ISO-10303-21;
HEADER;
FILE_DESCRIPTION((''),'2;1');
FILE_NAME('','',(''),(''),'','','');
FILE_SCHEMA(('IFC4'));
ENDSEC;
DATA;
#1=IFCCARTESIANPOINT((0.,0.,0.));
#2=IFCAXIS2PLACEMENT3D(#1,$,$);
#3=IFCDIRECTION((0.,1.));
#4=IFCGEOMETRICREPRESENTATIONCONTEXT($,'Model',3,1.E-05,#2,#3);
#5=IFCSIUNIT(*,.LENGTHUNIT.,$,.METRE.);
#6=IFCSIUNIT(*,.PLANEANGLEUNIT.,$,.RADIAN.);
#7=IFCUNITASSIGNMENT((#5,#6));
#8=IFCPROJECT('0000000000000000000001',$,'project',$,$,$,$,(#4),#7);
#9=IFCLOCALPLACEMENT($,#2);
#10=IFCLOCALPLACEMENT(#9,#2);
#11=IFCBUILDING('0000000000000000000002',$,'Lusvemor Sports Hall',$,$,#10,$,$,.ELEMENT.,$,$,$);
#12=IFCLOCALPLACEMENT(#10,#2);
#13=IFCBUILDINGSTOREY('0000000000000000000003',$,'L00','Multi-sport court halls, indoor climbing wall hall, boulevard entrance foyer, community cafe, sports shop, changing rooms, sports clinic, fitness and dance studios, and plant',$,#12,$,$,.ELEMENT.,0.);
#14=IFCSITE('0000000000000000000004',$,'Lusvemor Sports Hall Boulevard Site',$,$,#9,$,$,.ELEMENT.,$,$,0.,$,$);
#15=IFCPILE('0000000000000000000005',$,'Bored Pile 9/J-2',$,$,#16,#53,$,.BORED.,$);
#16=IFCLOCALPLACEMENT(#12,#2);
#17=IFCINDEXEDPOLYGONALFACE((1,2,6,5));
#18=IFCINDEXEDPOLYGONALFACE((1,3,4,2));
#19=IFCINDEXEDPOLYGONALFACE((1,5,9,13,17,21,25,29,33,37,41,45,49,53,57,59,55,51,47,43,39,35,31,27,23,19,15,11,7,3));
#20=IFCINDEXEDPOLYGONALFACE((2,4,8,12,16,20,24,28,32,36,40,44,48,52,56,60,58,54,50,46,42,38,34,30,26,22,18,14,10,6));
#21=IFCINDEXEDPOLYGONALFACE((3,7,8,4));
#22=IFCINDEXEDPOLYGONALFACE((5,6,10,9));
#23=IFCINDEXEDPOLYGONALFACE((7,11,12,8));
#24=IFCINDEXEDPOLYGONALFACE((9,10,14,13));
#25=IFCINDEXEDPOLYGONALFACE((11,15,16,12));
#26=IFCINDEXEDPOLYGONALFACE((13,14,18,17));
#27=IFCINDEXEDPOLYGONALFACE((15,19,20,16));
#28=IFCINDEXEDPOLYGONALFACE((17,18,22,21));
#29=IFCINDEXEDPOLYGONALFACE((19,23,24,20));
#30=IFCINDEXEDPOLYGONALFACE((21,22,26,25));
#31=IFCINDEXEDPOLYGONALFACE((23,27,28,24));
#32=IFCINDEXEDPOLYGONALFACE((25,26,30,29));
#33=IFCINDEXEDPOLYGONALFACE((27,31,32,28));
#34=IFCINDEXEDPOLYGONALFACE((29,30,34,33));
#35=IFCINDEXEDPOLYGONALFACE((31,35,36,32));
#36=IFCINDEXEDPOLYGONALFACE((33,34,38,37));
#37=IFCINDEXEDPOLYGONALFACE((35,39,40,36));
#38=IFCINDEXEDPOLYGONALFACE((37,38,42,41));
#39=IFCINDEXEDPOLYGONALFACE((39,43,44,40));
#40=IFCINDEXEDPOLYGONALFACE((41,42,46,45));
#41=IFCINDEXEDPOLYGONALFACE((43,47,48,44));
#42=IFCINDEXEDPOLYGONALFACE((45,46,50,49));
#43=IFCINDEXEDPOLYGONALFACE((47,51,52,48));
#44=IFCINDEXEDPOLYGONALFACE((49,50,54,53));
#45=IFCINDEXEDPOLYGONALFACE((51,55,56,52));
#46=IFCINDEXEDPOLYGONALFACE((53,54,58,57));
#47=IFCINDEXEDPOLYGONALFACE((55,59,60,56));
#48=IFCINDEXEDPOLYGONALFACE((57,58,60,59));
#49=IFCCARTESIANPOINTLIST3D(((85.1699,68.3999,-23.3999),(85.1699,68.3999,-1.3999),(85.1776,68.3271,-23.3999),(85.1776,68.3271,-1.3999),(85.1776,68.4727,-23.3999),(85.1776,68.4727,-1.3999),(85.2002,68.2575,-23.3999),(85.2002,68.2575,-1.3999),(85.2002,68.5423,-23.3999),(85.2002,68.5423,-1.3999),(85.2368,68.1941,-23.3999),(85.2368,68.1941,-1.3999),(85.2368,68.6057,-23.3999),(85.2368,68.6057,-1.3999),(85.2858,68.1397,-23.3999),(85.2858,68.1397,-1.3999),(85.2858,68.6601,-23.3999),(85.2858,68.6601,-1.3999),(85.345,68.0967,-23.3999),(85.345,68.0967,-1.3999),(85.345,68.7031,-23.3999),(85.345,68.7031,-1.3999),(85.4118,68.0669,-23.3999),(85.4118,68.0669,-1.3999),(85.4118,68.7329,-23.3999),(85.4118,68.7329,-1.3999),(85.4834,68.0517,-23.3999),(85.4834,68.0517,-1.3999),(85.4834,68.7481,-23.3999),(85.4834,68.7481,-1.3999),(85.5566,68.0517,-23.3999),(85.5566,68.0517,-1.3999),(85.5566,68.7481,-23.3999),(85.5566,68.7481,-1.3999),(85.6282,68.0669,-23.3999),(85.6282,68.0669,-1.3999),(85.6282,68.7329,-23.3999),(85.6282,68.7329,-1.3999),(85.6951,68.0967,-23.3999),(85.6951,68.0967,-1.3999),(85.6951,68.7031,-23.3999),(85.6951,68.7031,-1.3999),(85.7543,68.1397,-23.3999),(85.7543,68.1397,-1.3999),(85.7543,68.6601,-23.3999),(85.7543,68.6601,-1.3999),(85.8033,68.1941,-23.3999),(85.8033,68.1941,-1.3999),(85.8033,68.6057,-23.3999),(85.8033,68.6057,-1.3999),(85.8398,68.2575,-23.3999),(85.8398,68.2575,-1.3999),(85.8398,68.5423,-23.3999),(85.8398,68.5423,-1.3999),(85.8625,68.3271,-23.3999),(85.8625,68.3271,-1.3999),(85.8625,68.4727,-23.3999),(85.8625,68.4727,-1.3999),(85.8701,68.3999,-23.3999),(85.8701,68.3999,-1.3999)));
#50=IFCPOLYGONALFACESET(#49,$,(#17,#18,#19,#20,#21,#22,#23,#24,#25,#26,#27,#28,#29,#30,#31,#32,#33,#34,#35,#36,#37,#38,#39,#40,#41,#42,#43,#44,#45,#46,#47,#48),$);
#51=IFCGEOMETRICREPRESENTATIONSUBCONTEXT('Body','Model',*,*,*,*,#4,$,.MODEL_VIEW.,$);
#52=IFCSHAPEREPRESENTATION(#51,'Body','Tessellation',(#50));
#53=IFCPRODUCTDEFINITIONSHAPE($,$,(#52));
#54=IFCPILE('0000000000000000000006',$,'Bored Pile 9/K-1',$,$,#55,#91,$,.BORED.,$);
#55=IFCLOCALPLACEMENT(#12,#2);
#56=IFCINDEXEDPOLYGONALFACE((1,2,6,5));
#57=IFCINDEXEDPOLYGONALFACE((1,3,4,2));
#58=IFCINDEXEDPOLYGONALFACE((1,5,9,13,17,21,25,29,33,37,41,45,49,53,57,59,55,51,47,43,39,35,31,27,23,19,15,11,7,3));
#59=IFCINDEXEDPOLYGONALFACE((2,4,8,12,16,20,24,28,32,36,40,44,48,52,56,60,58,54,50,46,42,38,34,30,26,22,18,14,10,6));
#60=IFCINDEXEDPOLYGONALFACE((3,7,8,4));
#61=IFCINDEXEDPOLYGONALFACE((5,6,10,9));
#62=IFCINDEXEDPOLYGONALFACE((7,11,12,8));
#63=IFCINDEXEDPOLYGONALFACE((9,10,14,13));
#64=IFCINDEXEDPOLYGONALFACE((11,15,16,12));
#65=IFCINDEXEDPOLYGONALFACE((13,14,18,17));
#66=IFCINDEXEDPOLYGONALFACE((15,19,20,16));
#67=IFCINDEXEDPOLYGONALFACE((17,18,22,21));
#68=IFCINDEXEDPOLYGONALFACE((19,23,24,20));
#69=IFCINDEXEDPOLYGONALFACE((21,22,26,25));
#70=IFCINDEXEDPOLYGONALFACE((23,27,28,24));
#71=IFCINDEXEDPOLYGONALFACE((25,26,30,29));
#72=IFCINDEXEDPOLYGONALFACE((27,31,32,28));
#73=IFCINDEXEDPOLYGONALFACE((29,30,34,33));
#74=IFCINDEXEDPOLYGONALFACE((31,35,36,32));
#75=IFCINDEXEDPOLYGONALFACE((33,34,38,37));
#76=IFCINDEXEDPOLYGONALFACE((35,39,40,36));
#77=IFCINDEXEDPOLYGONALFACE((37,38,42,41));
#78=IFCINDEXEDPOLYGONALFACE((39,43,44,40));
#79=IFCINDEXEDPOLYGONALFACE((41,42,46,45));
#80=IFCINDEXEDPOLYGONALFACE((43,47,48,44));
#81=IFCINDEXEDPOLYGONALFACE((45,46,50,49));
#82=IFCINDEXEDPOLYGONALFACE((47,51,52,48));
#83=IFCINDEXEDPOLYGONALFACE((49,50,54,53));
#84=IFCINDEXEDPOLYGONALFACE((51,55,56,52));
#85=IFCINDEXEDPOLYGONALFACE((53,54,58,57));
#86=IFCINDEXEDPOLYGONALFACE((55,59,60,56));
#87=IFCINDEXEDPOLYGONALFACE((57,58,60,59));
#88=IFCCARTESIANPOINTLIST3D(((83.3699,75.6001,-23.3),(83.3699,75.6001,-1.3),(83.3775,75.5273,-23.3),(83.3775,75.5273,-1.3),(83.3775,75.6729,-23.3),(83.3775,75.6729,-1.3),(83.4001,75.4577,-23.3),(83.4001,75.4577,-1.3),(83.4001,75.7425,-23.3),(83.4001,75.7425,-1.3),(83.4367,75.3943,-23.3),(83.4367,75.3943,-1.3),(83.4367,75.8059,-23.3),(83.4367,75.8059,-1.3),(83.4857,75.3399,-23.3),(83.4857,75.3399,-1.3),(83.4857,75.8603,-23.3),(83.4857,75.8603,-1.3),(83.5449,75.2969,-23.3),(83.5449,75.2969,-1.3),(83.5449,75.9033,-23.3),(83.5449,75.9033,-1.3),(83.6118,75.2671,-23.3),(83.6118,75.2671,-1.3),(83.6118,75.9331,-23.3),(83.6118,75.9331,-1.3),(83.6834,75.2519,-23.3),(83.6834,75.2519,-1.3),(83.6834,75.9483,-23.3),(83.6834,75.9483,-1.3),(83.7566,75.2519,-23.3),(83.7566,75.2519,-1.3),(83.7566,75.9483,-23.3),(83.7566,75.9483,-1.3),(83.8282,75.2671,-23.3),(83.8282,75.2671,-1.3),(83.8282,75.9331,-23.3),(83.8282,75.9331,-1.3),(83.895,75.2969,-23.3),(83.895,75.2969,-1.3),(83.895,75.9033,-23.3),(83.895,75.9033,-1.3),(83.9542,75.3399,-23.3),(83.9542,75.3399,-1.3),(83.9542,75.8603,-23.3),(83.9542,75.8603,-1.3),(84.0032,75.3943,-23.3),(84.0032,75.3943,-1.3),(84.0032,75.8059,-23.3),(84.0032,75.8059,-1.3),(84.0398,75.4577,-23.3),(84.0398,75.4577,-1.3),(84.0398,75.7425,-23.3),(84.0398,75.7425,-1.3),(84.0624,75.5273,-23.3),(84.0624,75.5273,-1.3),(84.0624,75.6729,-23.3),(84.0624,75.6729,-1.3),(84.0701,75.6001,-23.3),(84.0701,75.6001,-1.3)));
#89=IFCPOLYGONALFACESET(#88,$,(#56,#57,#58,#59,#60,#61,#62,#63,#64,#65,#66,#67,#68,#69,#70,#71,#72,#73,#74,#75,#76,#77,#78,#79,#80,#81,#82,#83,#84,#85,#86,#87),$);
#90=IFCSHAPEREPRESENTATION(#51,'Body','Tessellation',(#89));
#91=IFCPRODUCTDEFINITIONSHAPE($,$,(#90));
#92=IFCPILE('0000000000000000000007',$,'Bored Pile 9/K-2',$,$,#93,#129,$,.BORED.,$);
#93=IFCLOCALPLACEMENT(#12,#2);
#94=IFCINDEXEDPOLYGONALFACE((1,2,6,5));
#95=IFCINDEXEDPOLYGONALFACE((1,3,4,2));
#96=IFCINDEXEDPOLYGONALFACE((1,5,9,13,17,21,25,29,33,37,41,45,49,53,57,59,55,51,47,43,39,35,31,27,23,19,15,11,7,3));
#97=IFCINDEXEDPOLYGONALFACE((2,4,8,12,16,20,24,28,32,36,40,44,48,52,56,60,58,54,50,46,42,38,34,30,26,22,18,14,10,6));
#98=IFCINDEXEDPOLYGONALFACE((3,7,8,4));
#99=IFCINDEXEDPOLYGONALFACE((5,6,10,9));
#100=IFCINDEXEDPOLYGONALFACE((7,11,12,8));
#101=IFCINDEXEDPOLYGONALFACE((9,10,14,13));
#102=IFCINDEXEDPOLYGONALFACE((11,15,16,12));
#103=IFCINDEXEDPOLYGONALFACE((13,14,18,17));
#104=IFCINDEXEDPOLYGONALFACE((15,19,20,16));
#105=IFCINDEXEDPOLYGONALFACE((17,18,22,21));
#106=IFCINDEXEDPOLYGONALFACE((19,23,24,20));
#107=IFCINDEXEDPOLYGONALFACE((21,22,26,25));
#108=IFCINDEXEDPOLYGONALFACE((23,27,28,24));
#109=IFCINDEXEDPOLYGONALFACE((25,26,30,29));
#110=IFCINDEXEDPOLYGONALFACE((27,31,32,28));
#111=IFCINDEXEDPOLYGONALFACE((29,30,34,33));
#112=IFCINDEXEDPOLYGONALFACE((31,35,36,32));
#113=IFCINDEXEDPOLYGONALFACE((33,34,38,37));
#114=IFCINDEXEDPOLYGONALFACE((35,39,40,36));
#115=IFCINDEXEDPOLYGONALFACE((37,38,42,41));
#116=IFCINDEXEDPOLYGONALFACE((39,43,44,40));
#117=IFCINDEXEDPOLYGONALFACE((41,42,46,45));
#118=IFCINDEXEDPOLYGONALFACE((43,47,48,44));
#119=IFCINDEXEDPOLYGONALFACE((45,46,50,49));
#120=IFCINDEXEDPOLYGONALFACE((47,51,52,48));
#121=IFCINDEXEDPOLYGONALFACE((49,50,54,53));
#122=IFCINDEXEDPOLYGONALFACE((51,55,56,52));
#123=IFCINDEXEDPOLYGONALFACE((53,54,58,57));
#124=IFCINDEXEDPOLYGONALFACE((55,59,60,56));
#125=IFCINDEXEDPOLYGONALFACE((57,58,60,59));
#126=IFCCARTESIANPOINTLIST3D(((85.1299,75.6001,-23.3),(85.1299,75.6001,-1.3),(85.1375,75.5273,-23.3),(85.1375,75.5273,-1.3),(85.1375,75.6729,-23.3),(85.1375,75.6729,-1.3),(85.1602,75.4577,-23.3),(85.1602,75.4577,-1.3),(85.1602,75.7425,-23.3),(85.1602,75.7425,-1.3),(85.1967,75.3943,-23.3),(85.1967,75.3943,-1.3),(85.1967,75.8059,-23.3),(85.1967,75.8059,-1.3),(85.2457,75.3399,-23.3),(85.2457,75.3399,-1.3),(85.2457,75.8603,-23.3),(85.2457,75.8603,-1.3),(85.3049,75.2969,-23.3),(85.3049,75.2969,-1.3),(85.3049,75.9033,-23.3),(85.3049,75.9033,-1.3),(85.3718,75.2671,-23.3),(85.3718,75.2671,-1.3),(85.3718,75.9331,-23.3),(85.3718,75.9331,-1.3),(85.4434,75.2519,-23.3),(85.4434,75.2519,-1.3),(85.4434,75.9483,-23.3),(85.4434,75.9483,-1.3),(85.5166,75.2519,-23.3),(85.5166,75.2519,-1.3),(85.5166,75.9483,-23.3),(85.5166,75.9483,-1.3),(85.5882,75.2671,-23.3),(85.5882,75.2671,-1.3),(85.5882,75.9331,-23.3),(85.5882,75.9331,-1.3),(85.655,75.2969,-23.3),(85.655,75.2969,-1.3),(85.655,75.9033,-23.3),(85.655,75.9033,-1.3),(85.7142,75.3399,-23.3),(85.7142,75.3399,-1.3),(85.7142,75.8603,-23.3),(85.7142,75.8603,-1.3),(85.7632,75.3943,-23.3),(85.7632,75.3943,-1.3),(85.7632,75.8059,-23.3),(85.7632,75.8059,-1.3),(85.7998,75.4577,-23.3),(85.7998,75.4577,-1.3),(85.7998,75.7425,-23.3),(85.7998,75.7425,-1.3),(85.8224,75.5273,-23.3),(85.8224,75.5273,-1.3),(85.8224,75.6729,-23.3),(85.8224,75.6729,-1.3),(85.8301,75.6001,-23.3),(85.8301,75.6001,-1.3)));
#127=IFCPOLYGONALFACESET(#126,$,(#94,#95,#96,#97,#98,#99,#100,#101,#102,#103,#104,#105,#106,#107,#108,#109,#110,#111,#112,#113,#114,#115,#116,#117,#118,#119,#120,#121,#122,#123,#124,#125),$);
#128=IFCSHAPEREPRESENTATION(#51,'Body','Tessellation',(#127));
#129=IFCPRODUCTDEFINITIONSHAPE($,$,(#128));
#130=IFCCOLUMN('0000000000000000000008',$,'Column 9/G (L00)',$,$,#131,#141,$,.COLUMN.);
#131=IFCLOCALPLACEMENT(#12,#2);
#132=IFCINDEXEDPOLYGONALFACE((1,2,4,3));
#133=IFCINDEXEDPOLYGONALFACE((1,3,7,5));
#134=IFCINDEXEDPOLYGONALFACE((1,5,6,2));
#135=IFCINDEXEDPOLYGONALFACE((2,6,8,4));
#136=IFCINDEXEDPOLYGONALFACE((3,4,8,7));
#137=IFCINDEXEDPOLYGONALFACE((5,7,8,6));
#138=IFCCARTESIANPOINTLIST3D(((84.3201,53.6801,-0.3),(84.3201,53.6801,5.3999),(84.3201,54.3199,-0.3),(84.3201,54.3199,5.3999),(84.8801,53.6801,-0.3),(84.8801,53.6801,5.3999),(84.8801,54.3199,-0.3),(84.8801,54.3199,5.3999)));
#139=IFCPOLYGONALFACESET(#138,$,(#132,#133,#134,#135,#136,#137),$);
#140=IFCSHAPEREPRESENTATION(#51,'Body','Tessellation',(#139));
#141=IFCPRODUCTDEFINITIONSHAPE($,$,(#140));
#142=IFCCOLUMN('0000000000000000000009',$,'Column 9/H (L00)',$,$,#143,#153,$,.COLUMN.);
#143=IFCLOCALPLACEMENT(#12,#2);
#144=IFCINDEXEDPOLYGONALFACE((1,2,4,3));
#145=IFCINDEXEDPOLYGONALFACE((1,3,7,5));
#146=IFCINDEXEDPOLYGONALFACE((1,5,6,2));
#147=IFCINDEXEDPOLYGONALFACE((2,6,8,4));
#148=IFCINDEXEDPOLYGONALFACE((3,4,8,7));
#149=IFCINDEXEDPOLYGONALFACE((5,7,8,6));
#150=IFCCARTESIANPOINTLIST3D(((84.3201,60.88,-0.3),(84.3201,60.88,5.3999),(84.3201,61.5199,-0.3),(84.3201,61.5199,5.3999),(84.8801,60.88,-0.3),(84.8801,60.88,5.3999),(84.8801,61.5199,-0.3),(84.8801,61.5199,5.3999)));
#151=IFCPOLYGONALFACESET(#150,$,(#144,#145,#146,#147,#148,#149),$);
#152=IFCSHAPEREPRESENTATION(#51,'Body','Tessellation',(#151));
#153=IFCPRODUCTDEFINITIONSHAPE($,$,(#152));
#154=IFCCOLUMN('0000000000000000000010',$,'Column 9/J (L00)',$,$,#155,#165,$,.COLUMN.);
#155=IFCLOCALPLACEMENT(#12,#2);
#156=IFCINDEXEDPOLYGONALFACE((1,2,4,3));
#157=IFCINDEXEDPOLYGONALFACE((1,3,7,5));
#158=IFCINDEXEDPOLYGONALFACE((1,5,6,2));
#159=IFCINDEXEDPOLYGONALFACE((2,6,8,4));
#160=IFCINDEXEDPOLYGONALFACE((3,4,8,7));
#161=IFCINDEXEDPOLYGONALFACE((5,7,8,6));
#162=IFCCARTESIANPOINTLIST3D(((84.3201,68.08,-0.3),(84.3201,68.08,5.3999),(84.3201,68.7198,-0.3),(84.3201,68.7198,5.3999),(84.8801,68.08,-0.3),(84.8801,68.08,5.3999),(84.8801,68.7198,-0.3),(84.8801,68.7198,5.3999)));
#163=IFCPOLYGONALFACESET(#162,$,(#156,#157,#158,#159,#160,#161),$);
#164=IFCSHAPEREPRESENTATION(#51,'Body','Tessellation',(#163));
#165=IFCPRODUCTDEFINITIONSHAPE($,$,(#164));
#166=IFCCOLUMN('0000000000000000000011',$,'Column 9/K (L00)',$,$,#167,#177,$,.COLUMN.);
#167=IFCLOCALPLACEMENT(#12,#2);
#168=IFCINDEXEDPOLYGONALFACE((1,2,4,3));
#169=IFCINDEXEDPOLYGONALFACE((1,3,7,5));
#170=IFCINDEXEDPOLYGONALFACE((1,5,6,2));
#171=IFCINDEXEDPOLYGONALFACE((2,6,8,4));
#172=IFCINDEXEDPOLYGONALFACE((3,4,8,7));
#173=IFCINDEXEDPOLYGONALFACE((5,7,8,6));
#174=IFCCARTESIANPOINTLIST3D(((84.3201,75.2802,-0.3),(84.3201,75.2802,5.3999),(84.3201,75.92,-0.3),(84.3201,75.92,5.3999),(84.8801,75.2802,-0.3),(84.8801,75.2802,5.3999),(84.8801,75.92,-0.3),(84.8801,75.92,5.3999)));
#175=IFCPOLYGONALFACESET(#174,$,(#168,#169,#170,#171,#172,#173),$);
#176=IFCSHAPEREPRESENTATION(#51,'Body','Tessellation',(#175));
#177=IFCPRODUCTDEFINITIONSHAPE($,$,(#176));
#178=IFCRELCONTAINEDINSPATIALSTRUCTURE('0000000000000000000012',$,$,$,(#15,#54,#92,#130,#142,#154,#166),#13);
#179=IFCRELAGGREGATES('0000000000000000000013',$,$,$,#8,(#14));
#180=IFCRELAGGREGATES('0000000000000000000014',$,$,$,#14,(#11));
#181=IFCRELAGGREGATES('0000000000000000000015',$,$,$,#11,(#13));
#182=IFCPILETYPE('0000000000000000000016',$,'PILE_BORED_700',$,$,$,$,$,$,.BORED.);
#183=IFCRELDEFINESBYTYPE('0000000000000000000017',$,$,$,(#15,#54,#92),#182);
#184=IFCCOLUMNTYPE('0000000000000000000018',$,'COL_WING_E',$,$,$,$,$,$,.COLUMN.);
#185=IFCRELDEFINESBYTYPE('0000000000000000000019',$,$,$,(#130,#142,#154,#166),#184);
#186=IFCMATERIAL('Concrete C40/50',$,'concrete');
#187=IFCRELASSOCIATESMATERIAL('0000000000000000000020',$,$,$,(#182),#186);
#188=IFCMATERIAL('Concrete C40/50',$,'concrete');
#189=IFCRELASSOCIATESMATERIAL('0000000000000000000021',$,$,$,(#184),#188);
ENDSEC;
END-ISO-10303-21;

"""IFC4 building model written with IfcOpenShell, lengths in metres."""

from ifc_helpers import new_model, si_unit, direction, frame, origin, origin_2d, place, context, subcontext, project, spatial, rectangle, circle, extrude, material, material_profile, profile_set, type_object, element, save


model = new_model("IFC4")

# Units and contexts
model_context = context("Model", 3, precision=1e-05, world=origin(), true_north=direction((0.0, 1.0)))
body_context = subcontext(model_context, "Body", "Model", "MODEL_VIEW")
ifc_project = project(units=[si_unit("LENGTHUNIT", "METRE"), si_unit("PLANEANGLEUNIT", "RADIAN")], contexts=[model_context])

# Site, building, storey
site_placement = place(None, origin())
site = spatial("IfcSite", under=ifc_project, at=site_placement, Name="Lusvemor Sports Hall Boulevard Site", CompositionType="ELEMENT", RefElevation=0.0)
building_placement = place(site_placement, origin())
building = spatial("IfcBuilding", under=site, at=building_placement, Name="Lusvemor Sports Hall", CompositionType="ELEMENT")
storey_placement = place(building_placement, origin())
storey = spatial("IfcBuildingStorey", under=building, at=storey_placement, Name="L00", Description="Multi-sport court halls, indoor climbing wall hall, boulevard entrance foyer, community cafe, sports shop, changing rooms, sports clinic, fitness and dance studios, and plant", CompositionType="ELEMENT", Elevation=0.0)

# Piles
ifc_material_1 = material(Name="Concrete C40/50", Category="concrete")
ifc_material_profile_1 = material_profile(ifc_material_1, circle(Radius=0.3501, at=origin_2d()), Name="PILE700")
ifc_profile_set_1 = profile_set([ifc_material_profile_1], Name="Concrete C40/50")
pile_type = type_object("IfcPileType", Name="PILE_BORED_700", PredefinedType="BORED", material=ifc_profile_set_1)
for number, where, z_axis, x_axis, name in (
    (1, (85.52, 68.3999, -1.3999), (0.0, 0.0, -1.0), (1.0, 0.0, 0.0), "Bored Pile 9/J-2"),
    (2, (83.72, 75.6001, -1.3), (0.0, 0.0, -1.0), (1.0, 0.0, 0.0), "Bored Pile 9/K-1"),
    (3, (85.48, 75.6001, -1.3), (0.0, 0.0, -1.0), (1.0, 0.0, 0.0), "Bored Pile 9/K-2"),
):
    element("IfcPile", number, at=place(storey_placement, frame(where, z_axis=z_axis, x_axis=x_axis)), inside=storey, type_object=pile_type, Name=name, PredefinedType="BORED", context=body_context, shape_type="SweptSolid", body=[
        extrude(circle(Radius=0.3501, at=origin_2d()), origin(), (0.0, 0.0, 1.0), 22.0),
    ])

# Columns
ifc_material_2 = material(Name="Concrete C40/50", Category="concrete")
ifc_material_profile_2 = material_profile(ifc_material_2, rectangle(XDim=0.5601, YDim=0.6399, at=origin_2d()), Name="RC560x640")
ifc_profile_set_2 = profile_set([ifc_material_profile_2], Name="Concrete C40/50")
column_type = type_object("IfcColumnType", Name="COL_WING_E", PredefinedType="COLUMN", material=ifc_profile_set_2)
for number, where, z_axis, x_axis, name in (
    (4, (84.6001, 54.0, -0.3), (0.0, 0.0, 1.0), (1.0, 0.0, 0.0), "Column 9/G (L00)"),
    (5, (84.6001, 61.2, -0.3), (0.0, 0.0, 1.0), (1.0, 0.0, 0.0), "Column 9/H (L00)"),
    (6, (84.6001, 68.3999, -0.3), (0.0, 0.0, 1.0), (1.0, 0.0, 0.0), "Column 9/J (L00)"),
    (7, (84.6001, 75.6001, -0.3), (0.0, 0.0, 1.0), (1.0, 0.0, 0.0), "Column 9/K (L00)"),
):
    element("IfcColumn", number, at=place(storey_placement, frame(where, z_axis=z_axis, x_axis=x_axis)), inside=storey, type_object=column_type, Name=name, PredefinedType="COLUMN", context=body_context, shape_type="SweptSolid", body=[
        extrude(rectangle(XDim=0.5601, YDim=0.6399, at=origin_2d()), origin(), (0.0, 0.0, 1.0), 5.7),
    ])

save(model, "model.ifc")
